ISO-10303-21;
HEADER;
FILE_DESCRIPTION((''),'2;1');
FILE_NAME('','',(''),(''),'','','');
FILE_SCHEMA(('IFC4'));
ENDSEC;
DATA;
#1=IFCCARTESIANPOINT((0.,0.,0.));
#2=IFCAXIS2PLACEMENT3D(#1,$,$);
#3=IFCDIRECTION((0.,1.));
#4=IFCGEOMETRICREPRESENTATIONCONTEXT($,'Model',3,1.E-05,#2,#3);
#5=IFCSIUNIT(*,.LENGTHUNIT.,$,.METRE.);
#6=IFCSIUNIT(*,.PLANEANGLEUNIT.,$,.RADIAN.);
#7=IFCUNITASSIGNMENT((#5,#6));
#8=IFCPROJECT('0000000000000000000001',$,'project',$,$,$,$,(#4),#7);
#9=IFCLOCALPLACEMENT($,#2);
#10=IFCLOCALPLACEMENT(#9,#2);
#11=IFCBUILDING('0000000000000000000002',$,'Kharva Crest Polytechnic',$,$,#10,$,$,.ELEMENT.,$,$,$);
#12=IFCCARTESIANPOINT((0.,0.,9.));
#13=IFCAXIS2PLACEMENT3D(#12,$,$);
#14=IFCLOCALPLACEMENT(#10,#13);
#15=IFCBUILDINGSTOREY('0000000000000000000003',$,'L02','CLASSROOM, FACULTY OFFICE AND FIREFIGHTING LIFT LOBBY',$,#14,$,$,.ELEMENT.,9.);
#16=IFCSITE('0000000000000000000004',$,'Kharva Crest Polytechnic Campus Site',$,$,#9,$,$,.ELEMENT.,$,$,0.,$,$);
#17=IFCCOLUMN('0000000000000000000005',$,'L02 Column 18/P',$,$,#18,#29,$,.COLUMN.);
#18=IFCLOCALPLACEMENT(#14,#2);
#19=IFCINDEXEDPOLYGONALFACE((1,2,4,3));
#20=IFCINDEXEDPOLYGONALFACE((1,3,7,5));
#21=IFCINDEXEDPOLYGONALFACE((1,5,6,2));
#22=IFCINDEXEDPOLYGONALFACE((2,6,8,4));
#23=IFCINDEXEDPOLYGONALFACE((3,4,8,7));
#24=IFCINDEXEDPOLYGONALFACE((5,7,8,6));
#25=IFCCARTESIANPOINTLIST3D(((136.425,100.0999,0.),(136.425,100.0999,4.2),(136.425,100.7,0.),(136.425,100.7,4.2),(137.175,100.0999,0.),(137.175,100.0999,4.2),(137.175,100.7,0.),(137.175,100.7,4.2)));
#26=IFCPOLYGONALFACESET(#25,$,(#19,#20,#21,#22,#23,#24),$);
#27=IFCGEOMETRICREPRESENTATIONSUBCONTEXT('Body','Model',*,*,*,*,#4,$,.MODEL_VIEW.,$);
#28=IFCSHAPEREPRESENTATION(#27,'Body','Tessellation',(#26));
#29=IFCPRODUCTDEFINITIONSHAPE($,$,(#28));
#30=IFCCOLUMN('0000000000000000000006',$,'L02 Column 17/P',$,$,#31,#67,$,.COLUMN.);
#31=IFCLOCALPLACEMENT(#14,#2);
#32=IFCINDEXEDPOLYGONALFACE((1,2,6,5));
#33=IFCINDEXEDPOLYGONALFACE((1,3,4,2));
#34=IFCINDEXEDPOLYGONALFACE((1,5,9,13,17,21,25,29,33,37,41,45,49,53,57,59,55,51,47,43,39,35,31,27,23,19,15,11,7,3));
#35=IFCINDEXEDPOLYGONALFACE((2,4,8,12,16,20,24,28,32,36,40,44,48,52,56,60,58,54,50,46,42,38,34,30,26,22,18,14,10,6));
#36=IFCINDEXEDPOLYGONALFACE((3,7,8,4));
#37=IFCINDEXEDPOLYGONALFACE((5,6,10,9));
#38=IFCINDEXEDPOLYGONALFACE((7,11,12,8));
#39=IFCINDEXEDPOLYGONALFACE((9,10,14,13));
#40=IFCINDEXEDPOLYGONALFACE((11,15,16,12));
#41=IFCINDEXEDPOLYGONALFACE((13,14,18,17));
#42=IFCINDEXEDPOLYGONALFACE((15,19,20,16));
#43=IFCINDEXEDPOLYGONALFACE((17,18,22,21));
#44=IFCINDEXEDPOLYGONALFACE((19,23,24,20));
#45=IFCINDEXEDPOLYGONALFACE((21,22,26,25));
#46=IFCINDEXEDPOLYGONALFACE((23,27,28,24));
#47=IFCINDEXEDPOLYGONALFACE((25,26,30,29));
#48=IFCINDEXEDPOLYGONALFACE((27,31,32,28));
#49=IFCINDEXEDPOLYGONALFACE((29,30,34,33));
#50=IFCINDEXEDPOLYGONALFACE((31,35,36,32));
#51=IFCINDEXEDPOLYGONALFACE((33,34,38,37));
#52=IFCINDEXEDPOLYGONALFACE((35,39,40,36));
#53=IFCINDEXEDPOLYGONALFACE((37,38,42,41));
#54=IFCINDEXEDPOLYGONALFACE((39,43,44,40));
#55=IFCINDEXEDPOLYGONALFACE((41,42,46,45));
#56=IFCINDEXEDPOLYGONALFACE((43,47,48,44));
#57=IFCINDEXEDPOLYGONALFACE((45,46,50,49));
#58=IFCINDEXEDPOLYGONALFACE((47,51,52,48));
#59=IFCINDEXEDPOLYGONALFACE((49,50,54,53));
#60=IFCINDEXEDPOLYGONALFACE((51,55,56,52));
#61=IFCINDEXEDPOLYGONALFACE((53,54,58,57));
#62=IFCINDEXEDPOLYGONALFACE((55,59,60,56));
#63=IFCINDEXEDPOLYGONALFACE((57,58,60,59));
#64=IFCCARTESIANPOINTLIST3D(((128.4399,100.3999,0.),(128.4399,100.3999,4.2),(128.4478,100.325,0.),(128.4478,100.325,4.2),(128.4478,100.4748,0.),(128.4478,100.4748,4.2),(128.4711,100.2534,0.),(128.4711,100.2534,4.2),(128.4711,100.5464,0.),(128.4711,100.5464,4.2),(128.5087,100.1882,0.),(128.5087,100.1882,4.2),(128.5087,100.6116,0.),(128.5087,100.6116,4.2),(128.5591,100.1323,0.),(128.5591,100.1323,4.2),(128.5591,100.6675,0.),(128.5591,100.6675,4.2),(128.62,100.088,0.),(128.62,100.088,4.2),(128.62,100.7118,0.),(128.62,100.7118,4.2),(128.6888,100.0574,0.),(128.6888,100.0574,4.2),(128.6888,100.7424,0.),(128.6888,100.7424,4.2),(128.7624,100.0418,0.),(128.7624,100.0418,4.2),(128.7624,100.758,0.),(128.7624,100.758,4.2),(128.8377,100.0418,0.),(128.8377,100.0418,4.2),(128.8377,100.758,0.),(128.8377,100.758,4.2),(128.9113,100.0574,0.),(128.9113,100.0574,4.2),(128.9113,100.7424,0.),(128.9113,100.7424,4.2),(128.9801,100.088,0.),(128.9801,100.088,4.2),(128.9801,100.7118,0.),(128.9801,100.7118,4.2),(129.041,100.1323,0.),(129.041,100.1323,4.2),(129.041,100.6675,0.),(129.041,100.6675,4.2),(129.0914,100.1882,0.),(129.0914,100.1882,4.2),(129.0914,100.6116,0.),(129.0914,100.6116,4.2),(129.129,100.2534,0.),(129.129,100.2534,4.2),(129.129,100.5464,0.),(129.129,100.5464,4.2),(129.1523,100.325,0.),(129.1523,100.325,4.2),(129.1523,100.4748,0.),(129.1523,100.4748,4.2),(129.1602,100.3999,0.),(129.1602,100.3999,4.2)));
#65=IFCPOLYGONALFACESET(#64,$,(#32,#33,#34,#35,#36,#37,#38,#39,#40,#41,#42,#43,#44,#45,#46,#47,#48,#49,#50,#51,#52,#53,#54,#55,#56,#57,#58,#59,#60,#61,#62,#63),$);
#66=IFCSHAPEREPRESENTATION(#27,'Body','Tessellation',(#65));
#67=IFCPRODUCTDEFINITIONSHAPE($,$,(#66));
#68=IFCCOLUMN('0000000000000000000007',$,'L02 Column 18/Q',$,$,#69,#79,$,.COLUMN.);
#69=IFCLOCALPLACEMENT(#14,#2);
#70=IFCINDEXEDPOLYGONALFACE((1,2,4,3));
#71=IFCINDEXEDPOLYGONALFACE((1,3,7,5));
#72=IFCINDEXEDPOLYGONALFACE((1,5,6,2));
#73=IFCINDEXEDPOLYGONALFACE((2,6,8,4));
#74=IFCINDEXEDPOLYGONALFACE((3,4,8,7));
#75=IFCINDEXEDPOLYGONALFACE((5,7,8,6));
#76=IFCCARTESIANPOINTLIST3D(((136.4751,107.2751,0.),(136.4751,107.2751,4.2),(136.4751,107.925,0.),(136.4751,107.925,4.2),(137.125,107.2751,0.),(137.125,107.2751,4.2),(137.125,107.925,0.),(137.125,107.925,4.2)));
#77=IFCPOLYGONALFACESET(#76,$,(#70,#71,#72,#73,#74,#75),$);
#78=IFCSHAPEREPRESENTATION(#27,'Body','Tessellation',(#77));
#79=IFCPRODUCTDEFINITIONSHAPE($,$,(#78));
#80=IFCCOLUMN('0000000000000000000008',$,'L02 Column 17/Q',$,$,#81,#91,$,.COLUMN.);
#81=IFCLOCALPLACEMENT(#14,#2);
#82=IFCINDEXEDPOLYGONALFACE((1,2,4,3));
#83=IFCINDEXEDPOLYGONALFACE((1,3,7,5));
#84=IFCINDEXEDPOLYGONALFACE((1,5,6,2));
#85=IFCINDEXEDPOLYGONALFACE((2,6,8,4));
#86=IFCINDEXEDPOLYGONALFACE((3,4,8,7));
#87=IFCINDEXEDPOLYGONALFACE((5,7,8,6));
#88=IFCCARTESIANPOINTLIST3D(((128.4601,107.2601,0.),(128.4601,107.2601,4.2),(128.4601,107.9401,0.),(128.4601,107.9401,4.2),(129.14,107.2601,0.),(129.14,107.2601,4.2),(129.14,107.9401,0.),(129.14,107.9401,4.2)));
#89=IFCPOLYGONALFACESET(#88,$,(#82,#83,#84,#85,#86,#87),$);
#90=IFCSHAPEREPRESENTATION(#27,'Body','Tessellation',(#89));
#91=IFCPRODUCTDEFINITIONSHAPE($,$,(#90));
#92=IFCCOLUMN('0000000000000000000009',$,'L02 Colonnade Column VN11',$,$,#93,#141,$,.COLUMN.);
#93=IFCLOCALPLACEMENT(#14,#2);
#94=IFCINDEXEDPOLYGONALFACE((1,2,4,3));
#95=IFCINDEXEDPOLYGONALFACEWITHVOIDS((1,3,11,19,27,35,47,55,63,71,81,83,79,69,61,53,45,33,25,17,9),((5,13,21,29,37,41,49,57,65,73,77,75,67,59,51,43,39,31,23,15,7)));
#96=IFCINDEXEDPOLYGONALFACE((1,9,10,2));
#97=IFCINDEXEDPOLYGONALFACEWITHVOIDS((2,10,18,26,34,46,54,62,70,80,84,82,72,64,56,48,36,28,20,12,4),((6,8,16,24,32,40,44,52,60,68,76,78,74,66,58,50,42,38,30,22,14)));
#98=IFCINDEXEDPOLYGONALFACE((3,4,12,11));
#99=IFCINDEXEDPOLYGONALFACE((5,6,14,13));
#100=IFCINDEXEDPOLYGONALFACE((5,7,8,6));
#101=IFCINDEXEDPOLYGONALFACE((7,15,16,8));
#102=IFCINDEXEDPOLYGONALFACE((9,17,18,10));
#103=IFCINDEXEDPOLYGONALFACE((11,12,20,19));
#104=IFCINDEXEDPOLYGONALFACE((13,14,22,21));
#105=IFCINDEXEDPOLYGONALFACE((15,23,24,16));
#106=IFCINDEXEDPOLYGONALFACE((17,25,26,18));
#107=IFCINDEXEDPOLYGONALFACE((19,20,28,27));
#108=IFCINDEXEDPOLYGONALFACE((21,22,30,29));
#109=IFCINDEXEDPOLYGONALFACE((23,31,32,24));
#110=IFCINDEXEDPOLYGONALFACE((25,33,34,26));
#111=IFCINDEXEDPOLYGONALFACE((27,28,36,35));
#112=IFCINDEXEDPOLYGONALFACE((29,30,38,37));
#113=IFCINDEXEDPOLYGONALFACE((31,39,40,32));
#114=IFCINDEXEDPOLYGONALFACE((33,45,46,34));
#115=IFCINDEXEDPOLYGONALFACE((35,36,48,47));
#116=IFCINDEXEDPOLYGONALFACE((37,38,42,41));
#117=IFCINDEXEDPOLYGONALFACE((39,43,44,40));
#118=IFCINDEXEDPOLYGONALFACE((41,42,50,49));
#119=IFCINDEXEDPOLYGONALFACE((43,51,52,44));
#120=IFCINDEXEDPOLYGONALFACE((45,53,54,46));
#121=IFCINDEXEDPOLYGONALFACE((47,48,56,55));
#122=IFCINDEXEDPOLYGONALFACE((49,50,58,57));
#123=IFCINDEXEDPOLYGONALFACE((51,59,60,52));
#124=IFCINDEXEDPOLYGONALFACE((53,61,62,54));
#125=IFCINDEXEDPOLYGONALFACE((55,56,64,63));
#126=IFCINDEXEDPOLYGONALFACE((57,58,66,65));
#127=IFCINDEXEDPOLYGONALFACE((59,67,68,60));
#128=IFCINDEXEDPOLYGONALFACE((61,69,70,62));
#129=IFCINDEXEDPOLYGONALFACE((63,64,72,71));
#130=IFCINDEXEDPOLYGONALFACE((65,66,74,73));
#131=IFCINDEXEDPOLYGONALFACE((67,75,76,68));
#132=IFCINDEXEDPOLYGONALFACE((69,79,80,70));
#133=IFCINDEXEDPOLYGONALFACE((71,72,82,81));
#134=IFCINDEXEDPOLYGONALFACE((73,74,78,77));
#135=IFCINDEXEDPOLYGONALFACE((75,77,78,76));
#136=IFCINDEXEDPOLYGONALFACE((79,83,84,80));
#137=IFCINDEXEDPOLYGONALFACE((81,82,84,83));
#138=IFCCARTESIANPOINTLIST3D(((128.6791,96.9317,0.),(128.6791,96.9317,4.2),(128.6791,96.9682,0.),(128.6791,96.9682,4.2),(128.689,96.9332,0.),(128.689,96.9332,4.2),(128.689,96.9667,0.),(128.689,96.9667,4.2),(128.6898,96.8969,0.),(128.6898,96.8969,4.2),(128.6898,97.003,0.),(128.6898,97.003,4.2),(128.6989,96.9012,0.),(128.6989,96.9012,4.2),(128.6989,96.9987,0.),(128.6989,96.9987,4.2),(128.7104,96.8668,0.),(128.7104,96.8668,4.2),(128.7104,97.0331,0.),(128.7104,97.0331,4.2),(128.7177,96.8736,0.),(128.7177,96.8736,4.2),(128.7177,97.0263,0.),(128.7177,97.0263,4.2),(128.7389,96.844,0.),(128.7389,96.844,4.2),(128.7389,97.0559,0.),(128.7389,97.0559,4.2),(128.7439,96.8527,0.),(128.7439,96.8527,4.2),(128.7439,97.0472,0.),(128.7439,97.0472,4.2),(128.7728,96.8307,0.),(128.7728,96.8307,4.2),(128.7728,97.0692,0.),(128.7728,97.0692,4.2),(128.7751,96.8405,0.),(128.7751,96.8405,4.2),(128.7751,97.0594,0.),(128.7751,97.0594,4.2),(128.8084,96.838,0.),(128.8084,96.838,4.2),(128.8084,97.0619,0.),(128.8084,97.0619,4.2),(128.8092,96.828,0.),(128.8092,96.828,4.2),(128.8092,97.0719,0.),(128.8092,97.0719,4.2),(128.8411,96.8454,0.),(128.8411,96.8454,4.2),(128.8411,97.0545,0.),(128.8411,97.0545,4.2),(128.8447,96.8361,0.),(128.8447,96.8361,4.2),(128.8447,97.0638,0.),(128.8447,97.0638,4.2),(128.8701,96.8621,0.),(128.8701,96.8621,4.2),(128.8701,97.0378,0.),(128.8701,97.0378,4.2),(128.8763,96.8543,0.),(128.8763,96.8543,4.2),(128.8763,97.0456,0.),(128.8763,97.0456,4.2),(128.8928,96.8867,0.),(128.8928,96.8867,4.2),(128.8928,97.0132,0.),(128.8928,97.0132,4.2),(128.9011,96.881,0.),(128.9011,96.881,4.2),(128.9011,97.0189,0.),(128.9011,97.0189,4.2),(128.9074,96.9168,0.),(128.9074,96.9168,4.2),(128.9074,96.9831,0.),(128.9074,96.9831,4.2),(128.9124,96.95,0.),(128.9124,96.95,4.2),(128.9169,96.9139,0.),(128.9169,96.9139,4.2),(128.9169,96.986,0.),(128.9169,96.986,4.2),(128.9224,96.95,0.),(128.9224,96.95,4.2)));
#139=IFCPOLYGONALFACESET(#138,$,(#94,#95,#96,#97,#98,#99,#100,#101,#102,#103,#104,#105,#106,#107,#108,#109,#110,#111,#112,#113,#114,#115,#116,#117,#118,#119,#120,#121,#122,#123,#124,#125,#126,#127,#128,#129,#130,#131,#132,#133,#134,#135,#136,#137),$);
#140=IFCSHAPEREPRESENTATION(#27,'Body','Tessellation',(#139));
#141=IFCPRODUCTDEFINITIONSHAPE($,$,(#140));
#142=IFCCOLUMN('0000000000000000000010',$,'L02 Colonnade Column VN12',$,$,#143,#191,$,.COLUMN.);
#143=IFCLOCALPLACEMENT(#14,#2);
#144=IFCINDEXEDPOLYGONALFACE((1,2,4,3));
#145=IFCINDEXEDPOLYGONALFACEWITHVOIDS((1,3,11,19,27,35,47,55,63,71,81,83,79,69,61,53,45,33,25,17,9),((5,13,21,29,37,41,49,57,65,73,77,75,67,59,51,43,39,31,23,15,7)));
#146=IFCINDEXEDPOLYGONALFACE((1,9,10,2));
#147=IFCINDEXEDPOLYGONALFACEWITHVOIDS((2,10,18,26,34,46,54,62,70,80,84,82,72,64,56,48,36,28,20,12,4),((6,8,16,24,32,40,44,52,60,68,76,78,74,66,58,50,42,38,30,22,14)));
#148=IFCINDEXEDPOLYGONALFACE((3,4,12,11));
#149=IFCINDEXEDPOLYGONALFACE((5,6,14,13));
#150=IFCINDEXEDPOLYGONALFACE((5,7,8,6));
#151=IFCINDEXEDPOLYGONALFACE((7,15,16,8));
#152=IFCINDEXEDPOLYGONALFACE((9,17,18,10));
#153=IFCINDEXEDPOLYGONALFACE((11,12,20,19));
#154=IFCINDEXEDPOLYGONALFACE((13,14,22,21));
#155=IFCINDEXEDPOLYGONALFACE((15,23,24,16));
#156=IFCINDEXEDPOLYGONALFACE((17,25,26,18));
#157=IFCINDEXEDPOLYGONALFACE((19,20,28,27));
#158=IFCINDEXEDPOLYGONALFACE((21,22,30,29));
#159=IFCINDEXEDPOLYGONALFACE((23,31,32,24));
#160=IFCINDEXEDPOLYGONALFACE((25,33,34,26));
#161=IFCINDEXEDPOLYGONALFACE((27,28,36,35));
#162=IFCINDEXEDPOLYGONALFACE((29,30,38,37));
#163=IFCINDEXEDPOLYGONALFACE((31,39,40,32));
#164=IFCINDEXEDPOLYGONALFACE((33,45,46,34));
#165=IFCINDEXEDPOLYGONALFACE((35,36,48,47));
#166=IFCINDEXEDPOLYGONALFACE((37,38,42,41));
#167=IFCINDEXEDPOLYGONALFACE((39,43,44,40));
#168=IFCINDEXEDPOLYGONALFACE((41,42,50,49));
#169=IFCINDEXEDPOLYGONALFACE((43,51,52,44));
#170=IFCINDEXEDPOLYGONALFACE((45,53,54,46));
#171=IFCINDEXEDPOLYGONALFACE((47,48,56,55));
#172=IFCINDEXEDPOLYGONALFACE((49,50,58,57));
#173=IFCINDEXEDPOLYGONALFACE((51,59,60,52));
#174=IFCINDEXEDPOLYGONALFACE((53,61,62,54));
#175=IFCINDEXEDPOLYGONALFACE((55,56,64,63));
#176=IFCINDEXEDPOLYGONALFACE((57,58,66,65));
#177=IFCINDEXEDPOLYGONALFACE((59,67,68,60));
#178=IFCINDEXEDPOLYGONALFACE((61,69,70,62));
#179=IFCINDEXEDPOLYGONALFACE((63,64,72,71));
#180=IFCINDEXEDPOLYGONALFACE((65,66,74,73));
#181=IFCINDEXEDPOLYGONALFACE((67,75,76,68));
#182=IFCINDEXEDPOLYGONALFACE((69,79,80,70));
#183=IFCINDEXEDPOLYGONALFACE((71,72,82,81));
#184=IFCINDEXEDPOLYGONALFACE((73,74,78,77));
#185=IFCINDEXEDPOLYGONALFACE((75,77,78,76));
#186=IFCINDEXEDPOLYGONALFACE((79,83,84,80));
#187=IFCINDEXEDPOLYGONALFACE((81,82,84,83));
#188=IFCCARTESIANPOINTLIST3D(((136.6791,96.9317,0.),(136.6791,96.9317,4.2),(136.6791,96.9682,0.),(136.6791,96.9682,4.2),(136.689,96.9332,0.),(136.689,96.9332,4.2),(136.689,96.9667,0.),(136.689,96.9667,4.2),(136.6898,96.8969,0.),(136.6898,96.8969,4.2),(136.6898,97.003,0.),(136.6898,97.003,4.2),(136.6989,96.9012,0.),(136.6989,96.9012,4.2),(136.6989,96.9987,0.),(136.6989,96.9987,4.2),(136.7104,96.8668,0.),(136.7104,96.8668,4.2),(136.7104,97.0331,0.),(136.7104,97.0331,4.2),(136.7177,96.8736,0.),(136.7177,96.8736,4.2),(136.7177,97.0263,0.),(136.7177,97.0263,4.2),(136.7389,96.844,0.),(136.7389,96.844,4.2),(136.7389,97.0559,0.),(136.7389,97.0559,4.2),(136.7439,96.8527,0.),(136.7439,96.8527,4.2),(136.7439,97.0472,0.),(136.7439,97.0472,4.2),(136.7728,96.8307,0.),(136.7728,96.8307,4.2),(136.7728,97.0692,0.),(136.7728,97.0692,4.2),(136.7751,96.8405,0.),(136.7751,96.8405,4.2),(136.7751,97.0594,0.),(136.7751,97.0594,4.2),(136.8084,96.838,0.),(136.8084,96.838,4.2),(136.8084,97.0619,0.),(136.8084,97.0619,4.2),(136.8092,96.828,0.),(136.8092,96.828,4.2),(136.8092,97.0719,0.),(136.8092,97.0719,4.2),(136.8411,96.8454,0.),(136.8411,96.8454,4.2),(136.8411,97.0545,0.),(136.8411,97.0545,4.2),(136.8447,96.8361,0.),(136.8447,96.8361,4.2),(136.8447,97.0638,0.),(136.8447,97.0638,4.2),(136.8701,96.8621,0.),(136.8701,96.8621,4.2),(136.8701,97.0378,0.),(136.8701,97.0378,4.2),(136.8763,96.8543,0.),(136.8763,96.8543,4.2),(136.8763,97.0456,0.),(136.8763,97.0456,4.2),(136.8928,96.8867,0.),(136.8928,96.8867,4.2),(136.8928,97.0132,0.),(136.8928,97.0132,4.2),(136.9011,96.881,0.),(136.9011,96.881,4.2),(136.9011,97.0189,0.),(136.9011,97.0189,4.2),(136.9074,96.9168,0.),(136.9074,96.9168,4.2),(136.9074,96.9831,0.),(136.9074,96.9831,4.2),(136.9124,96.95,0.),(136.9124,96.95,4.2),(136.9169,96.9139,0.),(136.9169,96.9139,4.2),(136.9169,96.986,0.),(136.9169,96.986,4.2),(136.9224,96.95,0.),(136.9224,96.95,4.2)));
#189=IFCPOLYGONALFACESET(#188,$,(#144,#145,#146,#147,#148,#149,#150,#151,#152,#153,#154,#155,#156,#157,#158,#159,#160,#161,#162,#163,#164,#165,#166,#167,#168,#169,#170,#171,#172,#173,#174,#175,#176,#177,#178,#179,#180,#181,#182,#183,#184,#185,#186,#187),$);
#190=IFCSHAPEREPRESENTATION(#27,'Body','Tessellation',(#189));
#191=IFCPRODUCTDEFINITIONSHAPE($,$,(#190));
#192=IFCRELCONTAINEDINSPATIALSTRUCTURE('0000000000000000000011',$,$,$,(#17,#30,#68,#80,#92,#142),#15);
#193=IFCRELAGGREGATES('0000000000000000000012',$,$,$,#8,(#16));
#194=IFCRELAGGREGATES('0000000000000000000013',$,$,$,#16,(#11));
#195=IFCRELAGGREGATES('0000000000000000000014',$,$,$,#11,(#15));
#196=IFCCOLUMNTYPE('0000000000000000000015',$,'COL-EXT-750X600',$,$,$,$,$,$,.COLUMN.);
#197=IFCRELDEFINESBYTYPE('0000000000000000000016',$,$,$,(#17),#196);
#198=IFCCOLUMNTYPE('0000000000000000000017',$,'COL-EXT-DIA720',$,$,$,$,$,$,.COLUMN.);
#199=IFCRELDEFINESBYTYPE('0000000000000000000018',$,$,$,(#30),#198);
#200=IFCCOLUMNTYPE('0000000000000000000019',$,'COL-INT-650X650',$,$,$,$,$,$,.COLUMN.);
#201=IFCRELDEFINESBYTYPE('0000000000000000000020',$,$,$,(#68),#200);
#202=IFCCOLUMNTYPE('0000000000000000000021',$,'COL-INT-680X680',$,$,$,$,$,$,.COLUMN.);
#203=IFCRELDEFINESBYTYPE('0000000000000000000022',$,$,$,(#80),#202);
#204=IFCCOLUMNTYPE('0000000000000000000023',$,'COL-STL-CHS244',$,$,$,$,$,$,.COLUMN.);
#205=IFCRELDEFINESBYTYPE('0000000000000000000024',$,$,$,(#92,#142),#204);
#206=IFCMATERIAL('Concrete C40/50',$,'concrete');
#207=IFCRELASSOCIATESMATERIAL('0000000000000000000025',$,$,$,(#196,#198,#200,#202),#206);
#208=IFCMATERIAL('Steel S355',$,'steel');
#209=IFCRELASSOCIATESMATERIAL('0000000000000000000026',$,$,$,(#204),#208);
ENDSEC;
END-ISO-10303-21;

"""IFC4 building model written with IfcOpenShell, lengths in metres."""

from ifc_helpers import new_model, si_unit, direction, frame, origin, origin_2d, place, context, subcontext, project, spatial, rectangle, circle, hollow_circle, extrude, material, material_profile, profile_set, type_object, element, save


model = new_model("IFC4")

# Units and contexts
model_context = context("Model", 3, precision=1e-05, world=origin(), true_north=direction((0.0, 1.0)))
body_context = subcontext(model_context, "Body", "Model", "MODEL_VIEW")
ifc_project = project(units=[si_unit("LENGTHUNIT", "METRE"), si_unit("PLANEANGLEUNIT", "RADIAN")], contexts=[model_context])

# Site, building, storey
site_placement = place(None, origin())
site = spatial("IfcSite", under=ifc_project, at=site_placement, Name="Kharva Crest Polytechnic Campus Site", CompositionType="ELEMENT", RefElevation=0.0)
building_placement = place(site_placement, origin())
building = spatial("IfcBuilding", under=site, at=building_placement, Name="Kharva Crest Polytechnic", CompositionType="ELEMENT")
storey_placement = place(building_placement, frame((0.0, 0.0, 9.0)))
storey = spatial("IfcBuildingStorey", under=building, at=storey_placement, Name="L02", Description="CLASSROOM, FACULTY OFFICE AND FIREFIGHTING LIFT LOBBY", CompositionType="ELEMENT", Elevation=9.0)

# Columns
ifc_material_1 = material(Name="Concrete C40/50", Category="concrete")
ifc_material_profile_1 = material_profile(ifc_material_1, rectangle(XDim=0.75, YDim=0.6001, at=origin_2d()), Name="RECT 750 X 600")
ifc_profile_set_1 = profile_set([ifc_material_profile_1], Name="Concrete C40/50")
column_type_1 = type_object("IfcColumnType", Name="COL-EXT-750X600", PredefinedType="COLUMN", material=ifc_profile_set_1)
column_1_placement = place(storey_placement, frame((136.8, 100.3999, 0.0), z_axis=(0.0, 0.0, 1.0), x_axis=(1.0, 0.0, 0.0)))
element("IfcColumn", 1, at=column_1_placement, inside=storey, type_object=column_type_1, Name="L02 Column 18/P", PredefinedType="COLUMN", context=body_context, shape_type="SweptSolid", body=[
    extrude(rectangle(XDim=0.75, YDim=0.6001, at=origin_2d()), origin(), (0.0, 0.0, 1.0), 4.2),
])
ifc_material_profile_2 = material_profile(ifc_material_1, circle(Radius=0.3601, at=origin_2d()), Name="DIA 720")
ifc_profile_set_2 = profile_set([ifc_material_profile_2], Name="Concrete C40/50")
column_type_2 = type_object("IfcColumnType", Name="COL-EXT-DIA720", PredefinedType="COLUMN", material=ifc_profile_set_2)
column_2_placement = place(storey_placement, frame((128.8, 100.3999, 0.0), z_axis=(0.0, 0.0, 1.0), x_axis=(1.0, 0.0, 0.0)))
element("IfcColumn", 2, at=column_2_placement, inside=storey, type_object=column_type_2, Name="L02 Column 17/P", PredefinedType="COLUMN", context=body_context, shape_type="SweptSolid", body=[
    extrude(circle(Radius=0.3601, at=origin_2d()), origin(), (0.0, 0.0, 1.0), 4.2),
])
ifc_material_profile_3 = material_profile(ifc_material_1, rectangle(XDim=0.6499, YDim=0.6499, at=origin_2d()), Name="RECT 650 X 650")
ifc_profile_set_3 = profile_set([ifc_material_profile_3], Name="Concrete C40/50")
column_type_3 = type_object("IfcColumnType", Name="COL-INT-650X650", PredefinedType="COLUMN", material=ifc_profile_set_3)
column_3_placement = place(storey_placement, frame((136.8, 107.6001, 0.0), z_axis=(0.0, 0.0, 1.0), x_axis=(1.0, 0.0, 0.0)))
element("IfcColumn", 3, at=column_3_placement, inside=storey, type_object=column_type_3, Name="L02 Column 18/Q", PredefinedType="COLUMN", context=body_context, shape_type="SweptSolid", body=[
    extrude(rectangle(XDim=0.6499, YDim=0.6499, at=origin_2d()), origin(), (0.0, 0.0, 1.0), 4.2),
])
ifc_material_profile_4 = material_profile(ifc_material_1, rectangle(XDim=0.6799, YDim=0.6799, at=origin_2d()), Name="RECT 680 X 680")
ifc_profile_set_4 = profile_set([ifc_material_profile_4], Name="Concrete C40/50")
column_type_4 = type_object("IfcColumnType", Name="COL-INT-680X680", PredefinedType="COLUMN", material=ifc_profile_set_4)
column_4_placement = place(storey_placement, frame((128.8, 107.6001, 0.0), z_axis=(0.0, 0.0, 1.0), x_axis=(1.0, 0.0, 0.0)))
element("IfcColumn", 4, at=column_4_placement, inside=storey, type_object=column_type_4, Name="L02 Column 17/Q", PredefinedType="COLUMN", context=body_context, shape_type="SweptSolid", body=[
    extrude(rectangle(XDim=0.6799, YDim=0.6799, at=origin_2d()), origin(), (0.0, 0.0, 1.0), 4.2),
])
ifc_material_2 = material(Name="Steel S355", Category="steel")
ifc_material_profile_5 = material_profile(ifc_material_2, hollow_circle(Radius=0.1223, WallThickness=0.01, at=origin_2d()), Name="CHS 244.5X10.0")
ifc_profile_set_5 = profile_set([ifc_material_profile_5], Name="Steel S355")
column_type_5 = type_object("IfcColumnType", Name="COL-STL-CHS244", PredefinedType="COLUMN", material=ifc_profile_set_5)
for number, where, z_axis, x_axis, name in (
    (5, (128.8, 96.95, 0.0), (0.0, 0.0, 1.0), (1.0, 0.0, 0.0), "L02 Colonnade Column VN11"),
    (6, (136.8, 96.95, 0.0), (0.0, 0.0, 1.0), (1.0, 0.0, 0.0), "L02 Colonnade Column VN12"),
):
    element("IfcColumn", number, at=place(storey_placement, frame(where, z_axis=z_axis, x_axis=x_axis)), inside=storey, type_object=column_type_5, Name=name, PredefinedType="COLUMN", context=body_context, shape_type="SweptSolid", body=[
        extrude(hollow_circle(Radius=0.1223, WallThickness=0.01, at=origin_2d()), origin(), (0.0, 0.0, 1.0), 4.2),
    ])

save(model, "model.ifc")
